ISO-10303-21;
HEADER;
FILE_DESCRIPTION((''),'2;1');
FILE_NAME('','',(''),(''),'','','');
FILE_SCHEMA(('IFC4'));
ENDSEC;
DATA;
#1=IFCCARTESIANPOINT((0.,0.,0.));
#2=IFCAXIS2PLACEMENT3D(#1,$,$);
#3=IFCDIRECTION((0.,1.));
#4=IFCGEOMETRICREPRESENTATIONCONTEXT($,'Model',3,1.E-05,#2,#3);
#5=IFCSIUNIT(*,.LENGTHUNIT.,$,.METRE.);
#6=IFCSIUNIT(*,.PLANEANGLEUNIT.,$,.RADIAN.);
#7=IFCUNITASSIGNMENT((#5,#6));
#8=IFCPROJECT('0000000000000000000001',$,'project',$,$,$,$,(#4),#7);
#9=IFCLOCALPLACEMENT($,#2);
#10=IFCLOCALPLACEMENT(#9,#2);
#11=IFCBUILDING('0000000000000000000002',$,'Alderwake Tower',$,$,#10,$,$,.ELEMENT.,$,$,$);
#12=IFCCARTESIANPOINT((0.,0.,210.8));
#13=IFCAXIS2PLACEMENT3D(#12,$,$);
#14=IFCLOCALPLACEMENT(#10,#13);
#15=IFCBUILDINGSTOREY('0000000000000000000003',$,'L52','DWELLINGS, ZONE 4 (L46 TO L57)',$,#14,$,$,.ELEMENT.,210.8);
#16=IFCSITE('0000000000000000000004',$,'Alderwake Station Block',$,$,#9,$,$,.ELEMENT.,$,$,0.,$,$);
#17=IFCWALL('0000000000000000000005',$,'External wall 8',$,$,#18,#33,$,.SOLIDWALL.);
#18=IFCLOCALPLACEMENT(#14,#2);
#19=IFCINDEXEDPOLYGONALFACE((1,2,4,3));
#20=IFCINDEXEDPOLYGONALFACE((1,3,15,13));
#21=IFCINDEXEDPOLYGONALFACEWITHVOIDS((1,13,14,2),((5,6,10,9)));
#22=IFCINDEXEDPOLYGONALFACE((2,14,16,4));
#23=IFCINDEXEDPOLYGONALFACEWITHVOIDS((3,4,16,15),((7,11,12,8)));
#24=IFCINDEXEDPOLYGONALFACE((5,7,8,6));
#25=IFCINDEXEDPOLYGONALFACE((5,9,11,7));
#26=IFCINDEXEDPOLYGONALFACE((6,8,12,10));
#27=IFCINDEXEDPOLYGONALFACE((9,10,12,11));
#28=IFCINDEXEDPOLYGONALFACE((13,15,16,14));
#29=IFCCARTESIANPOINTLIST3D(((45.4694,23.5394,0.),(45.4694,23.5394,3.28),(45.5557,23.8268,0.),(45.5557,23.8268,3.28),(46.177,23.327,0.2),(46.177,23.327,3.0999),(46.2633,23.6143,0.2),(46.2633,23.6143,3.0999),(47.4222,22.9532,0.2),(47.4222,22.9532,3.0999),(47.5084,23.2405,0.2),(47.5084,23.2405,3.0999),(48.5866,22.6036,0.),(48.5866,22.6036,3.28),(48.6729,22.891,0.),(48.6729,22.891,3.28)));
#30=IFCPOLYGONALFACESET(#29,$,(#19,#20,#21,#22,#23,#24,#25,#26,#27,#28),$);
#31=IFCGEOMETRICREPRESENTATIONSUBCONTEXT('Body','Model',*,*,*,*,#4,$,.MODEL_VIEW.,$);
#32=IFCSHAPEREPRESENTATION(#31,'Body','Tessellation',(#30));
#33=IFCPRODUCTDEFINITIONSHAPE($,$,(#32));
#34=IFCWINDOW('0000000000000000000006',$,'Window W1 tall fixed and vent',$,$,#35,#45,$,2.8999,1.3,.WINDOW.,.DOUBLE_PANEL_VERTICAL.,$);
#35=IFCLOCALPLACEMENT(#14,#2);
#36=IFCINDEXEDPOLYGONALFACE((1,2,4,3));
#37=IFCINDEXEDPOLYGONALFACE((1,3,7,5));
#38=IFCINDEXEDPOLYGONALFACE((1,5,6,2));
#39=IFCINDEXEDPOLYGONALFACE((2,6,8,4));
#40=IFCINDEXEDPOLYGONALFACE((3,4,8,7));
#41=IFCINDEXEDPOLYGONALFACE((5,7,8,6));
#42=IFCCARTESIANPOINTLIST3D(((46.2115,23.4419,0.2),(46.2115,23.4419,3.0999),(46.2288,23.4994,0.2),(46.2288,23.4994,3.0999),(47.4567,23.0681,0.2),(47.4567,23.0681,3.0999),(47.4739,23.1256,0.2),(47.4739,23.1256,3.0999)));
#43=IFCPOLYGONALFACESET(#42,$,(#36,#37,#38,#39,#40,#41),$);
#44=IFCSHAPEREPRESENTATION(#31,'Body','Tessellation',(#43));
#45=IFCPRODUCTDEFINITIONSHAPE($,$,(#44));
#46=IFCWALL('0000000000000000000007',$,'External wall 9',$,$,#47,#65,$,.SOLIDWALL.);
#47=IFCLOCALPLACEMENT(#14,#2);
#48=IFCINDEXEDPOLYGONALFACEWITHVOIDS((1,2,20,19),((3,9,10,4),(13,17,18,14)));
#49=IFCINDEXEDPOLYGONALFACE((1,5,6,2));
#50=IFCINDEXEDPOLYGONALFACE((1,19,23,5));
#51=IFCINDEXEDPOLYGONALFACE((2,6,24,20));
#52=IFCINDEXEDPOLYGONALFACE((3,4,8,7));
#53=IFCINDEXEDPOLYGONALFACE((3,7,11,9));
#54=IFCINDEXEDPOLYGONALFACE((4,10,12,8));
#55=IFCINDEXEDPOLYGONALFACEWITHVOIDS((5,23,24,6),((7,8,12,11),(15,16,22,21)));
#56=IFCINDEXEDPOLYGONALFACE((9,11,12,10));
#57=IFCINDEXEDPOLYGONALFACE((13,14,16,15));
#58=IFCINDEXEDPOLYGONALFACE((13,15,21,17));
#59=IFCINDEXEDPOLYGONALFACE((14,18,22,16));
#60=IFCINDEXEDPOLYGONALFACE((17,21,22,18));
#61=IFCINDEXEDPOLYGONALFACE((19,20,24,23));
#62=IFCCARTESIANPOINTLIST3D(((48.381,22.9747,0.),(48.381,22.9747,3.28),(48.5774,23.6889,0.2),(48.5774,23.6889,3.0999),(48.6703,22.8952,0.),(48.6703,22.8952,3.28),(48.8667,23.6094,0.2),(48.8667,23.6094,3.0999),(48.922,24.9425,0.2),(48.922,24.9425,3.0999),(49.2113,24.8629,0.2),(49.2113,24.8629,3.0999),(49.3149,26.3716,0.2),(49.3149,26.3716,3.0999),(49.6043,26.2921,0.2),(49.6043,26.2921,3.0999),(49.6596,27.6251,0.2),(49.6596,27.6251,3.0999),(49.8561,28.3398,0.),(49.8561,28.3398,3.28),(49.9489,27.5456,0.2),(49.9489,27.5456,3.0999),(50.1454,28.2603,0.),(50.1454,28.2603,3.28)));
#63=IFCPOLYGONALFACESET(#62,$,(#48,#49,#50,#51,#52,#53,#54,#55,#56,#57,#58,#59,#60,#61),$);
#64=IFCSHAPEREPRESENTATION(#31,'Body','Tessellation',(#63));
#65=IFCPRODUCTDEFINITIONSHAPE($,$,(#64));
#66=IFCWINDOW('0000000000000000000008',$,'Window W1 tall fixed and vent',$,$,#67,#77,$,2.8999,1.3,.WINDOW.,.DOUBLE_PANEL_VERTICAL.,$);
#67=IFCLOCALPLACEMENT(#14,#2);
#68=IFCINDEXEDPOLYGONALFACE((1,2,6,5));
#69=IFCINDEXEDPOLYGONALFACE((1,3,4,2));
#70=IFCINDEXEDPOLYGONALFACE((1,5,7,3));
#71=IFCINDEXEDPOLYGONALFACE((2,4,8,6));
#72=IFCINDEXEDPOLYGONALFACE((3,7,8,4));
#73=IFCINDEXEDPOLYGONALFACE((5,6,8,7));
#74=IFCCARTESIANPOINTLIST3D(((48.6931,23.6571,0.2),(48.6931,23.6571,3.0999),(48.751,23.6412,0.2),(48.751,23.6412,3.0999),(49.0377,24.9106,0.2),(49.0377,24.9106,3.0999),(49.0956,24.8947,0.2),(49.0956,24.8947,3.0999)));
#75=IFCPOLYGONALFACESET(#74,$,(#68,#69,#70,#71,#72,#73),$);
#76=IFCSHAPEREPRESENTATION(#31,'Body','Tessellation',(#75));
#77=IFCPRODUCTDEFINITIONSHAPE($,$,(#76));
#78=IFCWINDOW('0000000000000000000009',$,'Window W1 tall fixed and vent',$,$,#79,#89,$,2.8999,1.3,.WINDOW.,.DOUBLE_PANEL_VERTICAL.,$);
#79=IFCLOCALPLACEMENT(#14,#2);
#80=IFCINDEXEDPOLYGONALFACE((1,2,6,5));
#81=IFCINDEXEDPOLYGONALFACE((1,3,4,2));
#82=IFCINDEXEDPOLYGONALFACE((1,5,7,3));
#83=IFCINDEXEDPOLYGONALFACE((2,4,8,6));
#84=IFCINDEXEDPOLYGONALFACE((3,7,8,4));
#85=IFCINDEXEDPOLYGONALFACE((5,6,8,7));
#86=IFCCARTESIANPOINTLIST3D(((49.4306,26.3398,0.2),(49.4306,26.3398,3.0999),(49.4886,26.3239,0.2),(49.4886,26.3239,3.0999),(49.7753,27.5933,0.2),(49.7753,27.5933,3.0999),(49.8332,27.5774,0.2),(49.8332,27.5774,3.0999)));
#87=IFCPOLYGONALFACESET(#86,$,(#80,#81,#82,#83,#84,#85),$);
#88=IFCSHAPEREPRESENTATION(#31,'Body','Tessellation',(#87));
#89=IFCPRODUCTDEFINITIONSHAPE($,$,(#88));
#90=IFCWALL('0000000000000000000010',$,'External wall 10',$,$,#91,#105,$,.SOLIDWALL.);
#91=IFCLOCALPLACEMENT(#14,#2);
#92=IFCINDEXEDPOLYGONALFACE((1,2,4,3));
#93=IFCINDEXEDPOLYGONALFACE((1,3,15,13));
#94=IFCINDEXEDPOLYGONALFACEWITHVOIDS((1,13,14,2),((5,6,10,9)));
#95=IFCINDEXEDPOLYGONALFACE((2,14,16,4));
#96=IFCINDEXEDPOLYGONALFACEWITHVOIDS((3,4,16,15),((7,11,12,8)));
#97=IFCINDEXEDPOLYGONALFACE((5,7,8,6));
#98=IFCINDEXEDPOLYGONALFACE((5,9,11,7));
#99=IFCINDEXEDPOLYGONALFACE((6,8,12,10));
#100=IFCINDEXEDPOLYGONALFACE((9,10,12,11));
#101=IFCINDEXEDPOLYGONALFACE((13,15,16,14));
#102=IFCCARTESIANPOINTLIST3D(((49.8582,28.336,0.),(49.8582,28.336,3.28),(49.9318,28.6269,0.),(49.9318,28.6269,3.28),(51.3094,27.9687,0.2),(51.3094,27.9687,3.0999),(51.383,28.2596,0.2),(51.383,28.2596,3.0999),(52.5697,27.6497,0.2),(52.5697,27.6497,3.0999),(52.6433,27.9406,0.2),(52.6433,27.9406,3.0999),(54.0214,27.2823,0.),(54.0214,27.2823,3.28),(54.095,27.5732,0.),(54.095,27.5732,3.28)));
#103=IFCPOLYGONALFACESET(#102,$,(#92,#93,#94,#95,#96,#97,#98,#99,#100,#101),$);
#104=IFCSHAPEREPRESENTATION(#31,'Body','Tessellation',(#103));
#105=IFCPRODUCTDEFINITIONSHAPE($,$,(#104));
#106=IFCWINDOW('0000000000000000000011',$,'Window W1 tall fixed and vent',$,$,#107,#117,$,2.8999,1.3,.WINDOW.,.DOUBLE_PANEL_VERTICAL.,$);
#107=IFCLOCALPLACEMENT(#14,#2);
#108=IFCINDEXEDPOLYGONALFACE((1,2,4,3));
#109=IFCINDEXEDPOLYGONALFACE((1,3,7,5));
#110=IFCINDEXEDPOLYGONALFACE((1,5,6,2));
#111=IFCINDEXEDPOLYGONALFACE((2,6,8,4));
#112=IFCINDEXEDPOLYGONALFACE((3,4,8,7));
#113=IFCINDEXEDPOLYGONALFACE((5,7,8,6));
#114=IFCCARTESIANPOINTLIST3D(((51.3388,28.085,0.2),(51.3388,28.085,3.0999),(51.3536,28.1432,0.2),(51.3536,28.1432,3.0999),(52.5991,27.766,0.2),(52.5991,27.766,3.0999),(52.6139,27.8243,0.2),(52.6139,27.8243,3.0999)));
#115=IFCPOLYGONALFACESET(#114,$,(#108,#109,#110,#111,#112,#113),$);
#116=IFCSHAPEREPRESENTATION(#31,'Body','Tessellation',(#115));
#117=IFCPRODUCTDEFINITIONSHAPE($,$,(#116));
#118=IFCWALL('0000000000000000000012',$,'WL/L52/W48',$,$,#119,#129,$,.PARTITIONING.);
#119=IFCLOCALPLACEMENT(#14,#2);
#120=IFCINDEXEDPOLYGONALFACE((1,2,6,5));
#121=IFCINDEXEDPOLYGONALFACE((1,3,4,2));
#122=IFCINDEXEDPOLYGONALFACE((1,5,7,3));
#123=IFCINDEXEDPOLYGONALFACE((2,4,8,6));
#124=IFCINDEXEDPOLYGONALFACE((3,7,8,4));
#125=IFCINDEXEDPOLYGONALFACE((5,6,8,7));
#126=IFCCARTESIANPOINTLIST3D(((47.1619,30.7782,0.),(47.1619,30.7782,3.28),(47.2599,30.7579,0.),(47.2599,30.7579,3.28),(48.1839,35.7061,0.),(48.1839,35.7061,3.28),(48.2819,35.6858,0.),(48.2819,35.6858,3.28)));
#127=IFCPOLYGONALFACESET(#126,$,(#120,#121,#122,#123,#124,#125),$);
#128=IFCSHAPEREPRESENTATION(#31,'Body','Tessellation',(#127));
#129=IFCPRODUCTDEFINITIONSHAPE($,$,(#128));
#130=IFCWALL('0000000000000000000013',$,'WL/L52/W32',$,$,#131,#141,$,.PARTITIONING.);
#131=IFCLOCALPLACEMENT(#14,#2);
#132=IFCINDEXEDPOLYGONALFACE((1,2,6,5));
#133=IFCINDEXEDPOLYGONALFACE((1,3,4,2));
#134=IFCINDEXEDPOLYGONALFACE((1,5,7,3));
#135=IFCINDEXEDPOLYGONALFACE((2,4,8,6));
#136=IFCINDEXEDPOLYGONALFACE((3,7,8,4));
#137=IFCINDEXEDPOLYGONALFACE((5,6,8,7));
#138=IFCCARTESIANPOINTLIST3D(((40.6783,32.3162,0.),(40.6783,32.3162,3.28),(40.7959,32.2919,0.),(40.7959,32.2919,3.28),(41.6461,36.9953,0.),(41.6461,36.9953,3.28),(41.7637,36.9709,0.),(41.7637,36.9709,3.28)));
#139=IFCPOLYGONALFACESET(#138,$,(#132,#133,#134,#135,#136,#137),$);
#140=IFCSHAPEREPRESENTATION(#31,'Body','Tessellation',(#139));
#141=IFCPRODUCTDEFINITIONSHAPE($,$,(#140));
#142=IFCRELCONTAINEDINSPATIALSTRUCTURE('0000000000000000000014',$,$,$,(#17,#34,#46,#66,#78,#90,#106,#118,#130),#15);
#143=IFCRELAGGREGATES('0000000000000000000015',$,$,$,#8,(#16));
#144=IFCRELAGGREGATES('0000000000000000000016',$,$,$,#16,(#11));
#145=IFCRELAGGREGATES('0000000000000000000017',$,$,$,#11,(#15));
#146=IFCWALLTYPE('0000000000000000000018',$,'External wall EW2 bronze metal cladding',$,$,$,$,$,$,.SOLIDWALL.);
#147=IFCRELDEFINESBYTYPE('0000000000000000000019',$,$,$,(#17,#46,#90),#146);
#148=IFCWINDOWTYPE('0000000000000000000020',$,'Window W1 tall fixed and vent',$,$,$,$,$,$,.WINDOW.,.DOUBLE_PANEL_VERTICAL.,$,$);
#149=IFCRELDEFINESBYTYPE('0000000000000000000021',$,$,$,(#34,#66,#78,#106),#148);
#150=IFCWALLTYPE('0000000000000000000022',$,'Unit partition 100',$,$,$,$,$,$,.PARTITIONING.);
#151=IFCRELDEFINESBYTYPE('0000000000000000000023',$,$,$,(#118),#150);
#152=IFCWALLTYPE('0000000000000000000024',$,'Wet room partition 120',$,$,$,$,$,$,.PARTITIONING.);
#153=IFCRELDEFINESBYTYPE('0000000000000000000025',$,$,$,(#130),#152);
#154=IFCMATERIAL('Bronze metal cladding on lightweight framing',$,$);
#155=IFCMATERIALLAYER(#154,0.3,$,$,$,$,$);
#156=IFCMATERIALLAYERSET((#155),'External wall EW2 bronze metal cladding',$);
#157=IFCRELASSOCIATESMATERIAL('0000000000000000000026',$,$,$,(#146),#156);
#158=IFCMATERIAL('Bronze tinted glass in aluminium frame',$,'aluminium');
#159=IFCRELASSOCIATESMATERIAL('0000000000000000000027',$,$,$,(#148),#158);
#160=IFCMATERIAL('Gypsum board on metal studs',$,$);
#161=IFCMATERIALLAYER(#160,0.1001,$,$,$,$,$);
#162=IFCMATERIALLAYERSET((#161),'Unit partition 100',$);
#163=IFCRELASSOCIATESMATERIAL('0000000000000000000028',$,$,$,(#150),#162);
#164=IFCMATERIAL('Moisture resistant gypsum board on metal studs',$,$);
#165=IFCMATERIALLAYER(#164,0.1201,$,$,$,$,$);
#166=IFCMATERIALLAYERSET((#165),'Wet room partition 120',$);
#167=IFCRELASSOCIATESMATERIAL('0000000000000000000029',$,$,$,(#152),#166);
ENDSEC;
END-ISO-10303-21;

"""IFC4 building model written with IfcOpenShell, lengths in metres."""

from ifc_helpers import new_model, si_unit, direction, frame, frame_2d, origin, place, context, subcontext, project, spatial, rectangle, extrude, material, layer, layer_set, type_object, element, fill, save


model = new_model("IFC4")

# Units and contexts
model_context = context("Model", 3, precision=1e-05, world=origin(), true_north=direction((0.0, 1.0)))
body_context = subcontext(model_context, "Body", "Model", "MODEL_VIEW")
ifc_project = project(units=[si_unit("LENGTHUNIT", "METRE"), si_unit("PLANEANGLEUNIT", "RADIAN")], contexts=[model_context])

# Site, building, storey
site_placement = place(None, origin())
site = spatial("IfcSite", under=ifc_project, at=site_placement, Name="Alderwake Station Block", CompositionType="ELEMENT", RefElevation=0.0)
building_placement = place(site_placement, origin())
building = spatial("IfcBuilding", under=site, at=building_placement, Name="Alderwake Tower", CompositionType="ELEMENT")
storey_placement = place(building_placement, frame((0.0, 0.0, 210.8)))
storey = spatial("IfcBuildingStorey", under=building, at=storey_placement, Name="L52", Description="DWELLINGS, ZONE 4 (L46 TO L57)", CompositionType="ELEMENT", Elevation=210.8)

# Wall, opening, window
ifc_material_1 = material(Name="Bronze metal cladding on lightweight framing")
ifc_layer_1 = layer(ifc_material_1, 0.3)
ifc_layer_set_1 = layer_set([ifc_layer_1], Name="External wall EW2 bronze metal cladding")
wall_type_1 = type_object("IfcWallType", Name="External wall EW2 bronze metal cladding", PredefinedType="SOLIDWALL", material=ifc_layer_set_1)
ifc_material_2 = material(Name="Bronze tinted glass in aluminium frame", Category="aluminium")
window_type = type_object("IfcWindowType", Name="Window W1 tall fixed and vent", PartitioningType="DOUBLE_PANEL_VERTICAL", PredefinedType="WINDOW", material=ifc_material_2)
wall_1_placement = place(storey_placement, frame((45.5125, 23.6831, 0.0), z_axis=(0.0, 0.0, 1.0), x_axis=(0.957773, -0.287527, 0.0)))
wall_1 = element("IfcWall", 1, at=wall_1_placement, inside=storey, type_object=wall_type_1, Name="External wall 8", PredefinedType="SOLIDWALL", context=body_context, shape_type="SweptSolid", body=[
    extrude(rectangle(XDim=3.2546, YDim=0.3, at=frame_2d((1.6274, 0.0))), origin(), (0.0, 0.0, 1.0), 3.28),
])
opening_1_placement = place(wall_1_placement, frame((0.739, 0.0, 0.2)))
opening_1 = element("IfcOpeningElement", 2, at=opening_1_placement, cuts=wall_1, PredefinedType="OPENING", context=body_context, shape_type="SweptSolid", body=[
    extrude(rectangle(XDim=1.3, YDim=2.8999, at=frame_2d((0.6499, 1.45))), frame((0.0, 0.1599, 0.0), z_axis=(0.0, -1.0, 0.0), x_axis=(1.0, 0.0, 0.0)), (0.0, 0.0, 1.0), 0.3201),
])
window_1_placement = place(opening_1_placement, origin())
window_1 = element("IfcWindow", 3, at=window_1_placement, inside=storey, type_object=window_type, Name="Window W1 tall fixed and vent", OverallHeight=2.8999, OverallWidth=1.3, PartitioningType="DOUBLE_PANEL_VERTICAL", PredefinedType="WINDOW", context=body_context, shape_type="SweptSolid", body=[
    extrude(rectangle(XDim=1.3, YDim=2.8999, at=frame_2d((0.6499, 1.45))), frame((0.0, 0.03, 0.0), z_axis=(0.0, -1.0, 0.0), x_axis=(1.0, 0.0, 0.0)), (0.0, 0.0, 1.0), 0.0601),
])
fill(opening_1, window_1)

# Wall, openings, windows
wall_2_placement = place(storey_placement, frame((48.5256, 22.9348, 0.0), z_axis=(0.0, 0.0, 1.0), x_axis=(0.265099, 0.964221, 0.0)))
wall_2 = element("IfcWall", 4, at=wall_2_placement, inside=storey, type_object=wall_type_1, Name="External wall 9", PredefinedType="SOLIDWALL", context=body_context, shape_type="SweptSolid", body=[
    extrude(rectangle(XDim=5.5642, YDim=0.3, at=frame_2d((2.7822, 0.0))), origin(), (0.0, 0.0, 1.0), 3.28),
])
opening_2_placement = place(wall_2_placement, frame((0.741, 0.0, 0.2)))
opening_2 = element("IfcOpeningElement", 5, at=opening_2_placement, cuts=wall_2, PredefinedType="OPENING", context=body_context, shape_type="SweptSolid", body=[
    extrude(rectangle(XDim=1.3, YDim=2.8999, at=frame_2d((0.6499, 1.45))), frame((0.0, 0.1599, 0.0), z_axis=(0.0, -1.0, 0.0), x_axis=(1.0, 0.0, 0.0)), (0.0, 0.0, 1.0), 0.3201),
])
opening_3_placement = place(wall_2_placement, frame((3.5232, 0.0, 0.2)))
opening_3 = element("IfcOpeningElement", 6, at=opening_3_placement, cuts=wall_2, PredefinedType="OPENING", context=body_context, shape_type="SweptSolid", body=[
    extrude(rectangle(XDim=1.3, YDim=2.8999, at=frame_2d((0.6499, 1.45))), frame((0.0, 0.1599, 0.0), z_axis=(0.0, -1.0, 0.0), x_axis=(1.0, 0.0, 0.0)), (0.0, 0.0, 1.0), 0.3201),
])
window_2_placement = place(opening_2_placement, origin())
window_2 = element("IfcWindow", 7, at=window_2_placement, inside=storey, type_object=window_type, Name="Window W1 tall fixed and vent", OverallHeight=2.8999, OverallWidth=1.3, PartitioningType="DOUBLE_PANEL_VERTICAL", PredefinedType="WINDOW", context=body_context, shape_type="SweptSolid", body=[
    extrude(rectangle(XDim=1.3, YDim=2.8999, at=frame_2d((0.6499, 1.45))), frame((0.0, 0.03, 0.0), z_axis=(0.0, -1.0, 0.0), x_axis=(1.0, 0.0, 0.0)), (0.0, 0.0, 1.0), 0.0601),
])
fill(opening_2, window_2)
window_3_placement = place(opening_3_placement, origin())
window_3 = element("IfcWindow", 8, at=window_3_placement, inside=storey, type_object=window_type, Name="Window W1 tall fixed and vent", OverallHeight=2.8999, OverallWidth=1.3, PartitioningType="DOUBLE_PANEL_VERTICAL", PredefinedType="WINDOW", context=body_context, shape_type="SweptSolid", body=[
    extrude(rectangle(XDim=1.3, YDim=2.8999, at=frame_2d((0.6499, 1.45))), frame((0.0, 0.03, 0.0), z_axis=(0.0, -1.0, 0.0), x_axis=(1.0, 0.0, 0.0)), (0.0, 0.0, 1.0), 0.0601),
])
fill(opening_3, window_3)

# Wall, opening, window
wall_3_placement = place(storey_placement, frame((49.895, 28.4814, 0.0), z_axis=(0.0, 0.0, 1.0), x_axis=(0.969429, -0.24537, 0.0)))
wall_3 = element("IfcWall", 9, at=wall_3_placement, inside=storey, type_object=wall_type_1, Name="External wall 10", PredefinedType="SOLIDWALL", context=body_context, shape_type="SweptSolid", body=[
    extrude(rectangle(XDim=4.2944, YDim=0.3, at=frame_2d((2.1472, 0.0))), origin(), (0.0, 0.0, 1.0), 3.28),
])
opening_4_placement = place(wall_3_placement, frame((1.4971, 0.0, 0.2)))
opening_4 = element("IfcOpeningElement", 10, at=opening_4_placement, cuts=wall_3, PredefinedType="OPENING", context=body_context, shape_type="SweptSolid", body=[
    extrude(rectangle(XDim=1.3, YDim=2.8999, at=frame_2d((0.6499, 1.45))), frame((0.0, 0.1599, 0.0), z_axis=(0.0, -1.0, 0.0), x_axis=(1.0, 0.0, 0.0)), (0.0, 0.0, 1.0), 0.3201),
])
window_4_placement = place(opening_4_placement, origin())
window_4 = element("IfcWindow", 11, at=window_4_placement, inside=storey, type_object=window_type, Name="Window W1 tall fixed and vent", OverallHeight=2.8999, OverallWidth=1.3, PartitioningType="DOUBLE_PANEL_VERTICAL", PredefinedType="WINDOW", context=body_context, shape_type="SweptSolid", body=[
    extrude(rectangle(XDim=1.3, YDim=2.8999, at=frame_2d((0.6499, 1.45))), frame((0.0, 0.03, 0.0), z_axis=(0.0, -1.0, 0.0), x_axis=(1.0, 0.0, 0.0)), (0.0, 0.0, 1.0), 0.0601),
])
fill(opening_4, window_4)

# Walls
ifc_material_3 = material(Name="Gypsum board on metal studs")
ifc_layer_2 = layer(ifc_material_3, 0.1001)
ifc_layer_set_2 = layer_set([ifc_layer_2], Name="Unit partition 100")
wall_type_2 = type_object("IfcWallType", Name="Unit partition 100", PredefinedType="PARTITIONING", material=ifc_layer_set_2)
wall_4_placement = place(storey_placement, frame((47.2109, 30.7681, 0.0), z_axis=(0.0, 0.0, 1.0), x_axis=(0.203061, 0.979166, 0.0)))
element("IfcWall", 12, at=wall_4_placement, inside=storey, type_object=wall_type_2, Name="WL/L52/W48", PredefinedType="PARTITIONING", context=body_context, shape_type="SweptSolid", body=[
    extrude(rectangle(XDim=5.0327, YDim=0.1001, at=frame_2d((2.5164, 0.0))), origin(), (0.0, 0.0, 1.0), 3.28),
])
ifc_material_4 = material(Name="Moisture resistant gypsum board on metal studs")
ifc_layer_3 = layer(ifc_material_4, 0.1201)
ifc_layer_set_3 = layer_set([ifc_layer_3], Name="Wet room partition 120")
wall_type_3 = type_object("IfcWallType", Name="Wet room partition 120", PredefinedType="PARTITIONING", material=ifc_layer_set_3)
wall_5_placement = place(storey_placement, frame((40.7371, 32.304, 0.0), z_axis=(0.0, 0.0, 1.0), x_axis=(0.202548, 0.979272, 0.0)))
element("IfcWall", 13, at=wall_5_placement, inside=storey, type_object=wall_type_3, Name="WL/L52/W32", PredefinedType="PARTITIONING", context=body_context, shape_type="SweptSolid", body=[
    extrude(rectangle(XDim=4.7781, YDim=0.1201, at=frame_2d((2.3892, 0.0))), origin(), (0.0, 0.0, 1.0), 3.28),
])

save(model, "model.ifc")
